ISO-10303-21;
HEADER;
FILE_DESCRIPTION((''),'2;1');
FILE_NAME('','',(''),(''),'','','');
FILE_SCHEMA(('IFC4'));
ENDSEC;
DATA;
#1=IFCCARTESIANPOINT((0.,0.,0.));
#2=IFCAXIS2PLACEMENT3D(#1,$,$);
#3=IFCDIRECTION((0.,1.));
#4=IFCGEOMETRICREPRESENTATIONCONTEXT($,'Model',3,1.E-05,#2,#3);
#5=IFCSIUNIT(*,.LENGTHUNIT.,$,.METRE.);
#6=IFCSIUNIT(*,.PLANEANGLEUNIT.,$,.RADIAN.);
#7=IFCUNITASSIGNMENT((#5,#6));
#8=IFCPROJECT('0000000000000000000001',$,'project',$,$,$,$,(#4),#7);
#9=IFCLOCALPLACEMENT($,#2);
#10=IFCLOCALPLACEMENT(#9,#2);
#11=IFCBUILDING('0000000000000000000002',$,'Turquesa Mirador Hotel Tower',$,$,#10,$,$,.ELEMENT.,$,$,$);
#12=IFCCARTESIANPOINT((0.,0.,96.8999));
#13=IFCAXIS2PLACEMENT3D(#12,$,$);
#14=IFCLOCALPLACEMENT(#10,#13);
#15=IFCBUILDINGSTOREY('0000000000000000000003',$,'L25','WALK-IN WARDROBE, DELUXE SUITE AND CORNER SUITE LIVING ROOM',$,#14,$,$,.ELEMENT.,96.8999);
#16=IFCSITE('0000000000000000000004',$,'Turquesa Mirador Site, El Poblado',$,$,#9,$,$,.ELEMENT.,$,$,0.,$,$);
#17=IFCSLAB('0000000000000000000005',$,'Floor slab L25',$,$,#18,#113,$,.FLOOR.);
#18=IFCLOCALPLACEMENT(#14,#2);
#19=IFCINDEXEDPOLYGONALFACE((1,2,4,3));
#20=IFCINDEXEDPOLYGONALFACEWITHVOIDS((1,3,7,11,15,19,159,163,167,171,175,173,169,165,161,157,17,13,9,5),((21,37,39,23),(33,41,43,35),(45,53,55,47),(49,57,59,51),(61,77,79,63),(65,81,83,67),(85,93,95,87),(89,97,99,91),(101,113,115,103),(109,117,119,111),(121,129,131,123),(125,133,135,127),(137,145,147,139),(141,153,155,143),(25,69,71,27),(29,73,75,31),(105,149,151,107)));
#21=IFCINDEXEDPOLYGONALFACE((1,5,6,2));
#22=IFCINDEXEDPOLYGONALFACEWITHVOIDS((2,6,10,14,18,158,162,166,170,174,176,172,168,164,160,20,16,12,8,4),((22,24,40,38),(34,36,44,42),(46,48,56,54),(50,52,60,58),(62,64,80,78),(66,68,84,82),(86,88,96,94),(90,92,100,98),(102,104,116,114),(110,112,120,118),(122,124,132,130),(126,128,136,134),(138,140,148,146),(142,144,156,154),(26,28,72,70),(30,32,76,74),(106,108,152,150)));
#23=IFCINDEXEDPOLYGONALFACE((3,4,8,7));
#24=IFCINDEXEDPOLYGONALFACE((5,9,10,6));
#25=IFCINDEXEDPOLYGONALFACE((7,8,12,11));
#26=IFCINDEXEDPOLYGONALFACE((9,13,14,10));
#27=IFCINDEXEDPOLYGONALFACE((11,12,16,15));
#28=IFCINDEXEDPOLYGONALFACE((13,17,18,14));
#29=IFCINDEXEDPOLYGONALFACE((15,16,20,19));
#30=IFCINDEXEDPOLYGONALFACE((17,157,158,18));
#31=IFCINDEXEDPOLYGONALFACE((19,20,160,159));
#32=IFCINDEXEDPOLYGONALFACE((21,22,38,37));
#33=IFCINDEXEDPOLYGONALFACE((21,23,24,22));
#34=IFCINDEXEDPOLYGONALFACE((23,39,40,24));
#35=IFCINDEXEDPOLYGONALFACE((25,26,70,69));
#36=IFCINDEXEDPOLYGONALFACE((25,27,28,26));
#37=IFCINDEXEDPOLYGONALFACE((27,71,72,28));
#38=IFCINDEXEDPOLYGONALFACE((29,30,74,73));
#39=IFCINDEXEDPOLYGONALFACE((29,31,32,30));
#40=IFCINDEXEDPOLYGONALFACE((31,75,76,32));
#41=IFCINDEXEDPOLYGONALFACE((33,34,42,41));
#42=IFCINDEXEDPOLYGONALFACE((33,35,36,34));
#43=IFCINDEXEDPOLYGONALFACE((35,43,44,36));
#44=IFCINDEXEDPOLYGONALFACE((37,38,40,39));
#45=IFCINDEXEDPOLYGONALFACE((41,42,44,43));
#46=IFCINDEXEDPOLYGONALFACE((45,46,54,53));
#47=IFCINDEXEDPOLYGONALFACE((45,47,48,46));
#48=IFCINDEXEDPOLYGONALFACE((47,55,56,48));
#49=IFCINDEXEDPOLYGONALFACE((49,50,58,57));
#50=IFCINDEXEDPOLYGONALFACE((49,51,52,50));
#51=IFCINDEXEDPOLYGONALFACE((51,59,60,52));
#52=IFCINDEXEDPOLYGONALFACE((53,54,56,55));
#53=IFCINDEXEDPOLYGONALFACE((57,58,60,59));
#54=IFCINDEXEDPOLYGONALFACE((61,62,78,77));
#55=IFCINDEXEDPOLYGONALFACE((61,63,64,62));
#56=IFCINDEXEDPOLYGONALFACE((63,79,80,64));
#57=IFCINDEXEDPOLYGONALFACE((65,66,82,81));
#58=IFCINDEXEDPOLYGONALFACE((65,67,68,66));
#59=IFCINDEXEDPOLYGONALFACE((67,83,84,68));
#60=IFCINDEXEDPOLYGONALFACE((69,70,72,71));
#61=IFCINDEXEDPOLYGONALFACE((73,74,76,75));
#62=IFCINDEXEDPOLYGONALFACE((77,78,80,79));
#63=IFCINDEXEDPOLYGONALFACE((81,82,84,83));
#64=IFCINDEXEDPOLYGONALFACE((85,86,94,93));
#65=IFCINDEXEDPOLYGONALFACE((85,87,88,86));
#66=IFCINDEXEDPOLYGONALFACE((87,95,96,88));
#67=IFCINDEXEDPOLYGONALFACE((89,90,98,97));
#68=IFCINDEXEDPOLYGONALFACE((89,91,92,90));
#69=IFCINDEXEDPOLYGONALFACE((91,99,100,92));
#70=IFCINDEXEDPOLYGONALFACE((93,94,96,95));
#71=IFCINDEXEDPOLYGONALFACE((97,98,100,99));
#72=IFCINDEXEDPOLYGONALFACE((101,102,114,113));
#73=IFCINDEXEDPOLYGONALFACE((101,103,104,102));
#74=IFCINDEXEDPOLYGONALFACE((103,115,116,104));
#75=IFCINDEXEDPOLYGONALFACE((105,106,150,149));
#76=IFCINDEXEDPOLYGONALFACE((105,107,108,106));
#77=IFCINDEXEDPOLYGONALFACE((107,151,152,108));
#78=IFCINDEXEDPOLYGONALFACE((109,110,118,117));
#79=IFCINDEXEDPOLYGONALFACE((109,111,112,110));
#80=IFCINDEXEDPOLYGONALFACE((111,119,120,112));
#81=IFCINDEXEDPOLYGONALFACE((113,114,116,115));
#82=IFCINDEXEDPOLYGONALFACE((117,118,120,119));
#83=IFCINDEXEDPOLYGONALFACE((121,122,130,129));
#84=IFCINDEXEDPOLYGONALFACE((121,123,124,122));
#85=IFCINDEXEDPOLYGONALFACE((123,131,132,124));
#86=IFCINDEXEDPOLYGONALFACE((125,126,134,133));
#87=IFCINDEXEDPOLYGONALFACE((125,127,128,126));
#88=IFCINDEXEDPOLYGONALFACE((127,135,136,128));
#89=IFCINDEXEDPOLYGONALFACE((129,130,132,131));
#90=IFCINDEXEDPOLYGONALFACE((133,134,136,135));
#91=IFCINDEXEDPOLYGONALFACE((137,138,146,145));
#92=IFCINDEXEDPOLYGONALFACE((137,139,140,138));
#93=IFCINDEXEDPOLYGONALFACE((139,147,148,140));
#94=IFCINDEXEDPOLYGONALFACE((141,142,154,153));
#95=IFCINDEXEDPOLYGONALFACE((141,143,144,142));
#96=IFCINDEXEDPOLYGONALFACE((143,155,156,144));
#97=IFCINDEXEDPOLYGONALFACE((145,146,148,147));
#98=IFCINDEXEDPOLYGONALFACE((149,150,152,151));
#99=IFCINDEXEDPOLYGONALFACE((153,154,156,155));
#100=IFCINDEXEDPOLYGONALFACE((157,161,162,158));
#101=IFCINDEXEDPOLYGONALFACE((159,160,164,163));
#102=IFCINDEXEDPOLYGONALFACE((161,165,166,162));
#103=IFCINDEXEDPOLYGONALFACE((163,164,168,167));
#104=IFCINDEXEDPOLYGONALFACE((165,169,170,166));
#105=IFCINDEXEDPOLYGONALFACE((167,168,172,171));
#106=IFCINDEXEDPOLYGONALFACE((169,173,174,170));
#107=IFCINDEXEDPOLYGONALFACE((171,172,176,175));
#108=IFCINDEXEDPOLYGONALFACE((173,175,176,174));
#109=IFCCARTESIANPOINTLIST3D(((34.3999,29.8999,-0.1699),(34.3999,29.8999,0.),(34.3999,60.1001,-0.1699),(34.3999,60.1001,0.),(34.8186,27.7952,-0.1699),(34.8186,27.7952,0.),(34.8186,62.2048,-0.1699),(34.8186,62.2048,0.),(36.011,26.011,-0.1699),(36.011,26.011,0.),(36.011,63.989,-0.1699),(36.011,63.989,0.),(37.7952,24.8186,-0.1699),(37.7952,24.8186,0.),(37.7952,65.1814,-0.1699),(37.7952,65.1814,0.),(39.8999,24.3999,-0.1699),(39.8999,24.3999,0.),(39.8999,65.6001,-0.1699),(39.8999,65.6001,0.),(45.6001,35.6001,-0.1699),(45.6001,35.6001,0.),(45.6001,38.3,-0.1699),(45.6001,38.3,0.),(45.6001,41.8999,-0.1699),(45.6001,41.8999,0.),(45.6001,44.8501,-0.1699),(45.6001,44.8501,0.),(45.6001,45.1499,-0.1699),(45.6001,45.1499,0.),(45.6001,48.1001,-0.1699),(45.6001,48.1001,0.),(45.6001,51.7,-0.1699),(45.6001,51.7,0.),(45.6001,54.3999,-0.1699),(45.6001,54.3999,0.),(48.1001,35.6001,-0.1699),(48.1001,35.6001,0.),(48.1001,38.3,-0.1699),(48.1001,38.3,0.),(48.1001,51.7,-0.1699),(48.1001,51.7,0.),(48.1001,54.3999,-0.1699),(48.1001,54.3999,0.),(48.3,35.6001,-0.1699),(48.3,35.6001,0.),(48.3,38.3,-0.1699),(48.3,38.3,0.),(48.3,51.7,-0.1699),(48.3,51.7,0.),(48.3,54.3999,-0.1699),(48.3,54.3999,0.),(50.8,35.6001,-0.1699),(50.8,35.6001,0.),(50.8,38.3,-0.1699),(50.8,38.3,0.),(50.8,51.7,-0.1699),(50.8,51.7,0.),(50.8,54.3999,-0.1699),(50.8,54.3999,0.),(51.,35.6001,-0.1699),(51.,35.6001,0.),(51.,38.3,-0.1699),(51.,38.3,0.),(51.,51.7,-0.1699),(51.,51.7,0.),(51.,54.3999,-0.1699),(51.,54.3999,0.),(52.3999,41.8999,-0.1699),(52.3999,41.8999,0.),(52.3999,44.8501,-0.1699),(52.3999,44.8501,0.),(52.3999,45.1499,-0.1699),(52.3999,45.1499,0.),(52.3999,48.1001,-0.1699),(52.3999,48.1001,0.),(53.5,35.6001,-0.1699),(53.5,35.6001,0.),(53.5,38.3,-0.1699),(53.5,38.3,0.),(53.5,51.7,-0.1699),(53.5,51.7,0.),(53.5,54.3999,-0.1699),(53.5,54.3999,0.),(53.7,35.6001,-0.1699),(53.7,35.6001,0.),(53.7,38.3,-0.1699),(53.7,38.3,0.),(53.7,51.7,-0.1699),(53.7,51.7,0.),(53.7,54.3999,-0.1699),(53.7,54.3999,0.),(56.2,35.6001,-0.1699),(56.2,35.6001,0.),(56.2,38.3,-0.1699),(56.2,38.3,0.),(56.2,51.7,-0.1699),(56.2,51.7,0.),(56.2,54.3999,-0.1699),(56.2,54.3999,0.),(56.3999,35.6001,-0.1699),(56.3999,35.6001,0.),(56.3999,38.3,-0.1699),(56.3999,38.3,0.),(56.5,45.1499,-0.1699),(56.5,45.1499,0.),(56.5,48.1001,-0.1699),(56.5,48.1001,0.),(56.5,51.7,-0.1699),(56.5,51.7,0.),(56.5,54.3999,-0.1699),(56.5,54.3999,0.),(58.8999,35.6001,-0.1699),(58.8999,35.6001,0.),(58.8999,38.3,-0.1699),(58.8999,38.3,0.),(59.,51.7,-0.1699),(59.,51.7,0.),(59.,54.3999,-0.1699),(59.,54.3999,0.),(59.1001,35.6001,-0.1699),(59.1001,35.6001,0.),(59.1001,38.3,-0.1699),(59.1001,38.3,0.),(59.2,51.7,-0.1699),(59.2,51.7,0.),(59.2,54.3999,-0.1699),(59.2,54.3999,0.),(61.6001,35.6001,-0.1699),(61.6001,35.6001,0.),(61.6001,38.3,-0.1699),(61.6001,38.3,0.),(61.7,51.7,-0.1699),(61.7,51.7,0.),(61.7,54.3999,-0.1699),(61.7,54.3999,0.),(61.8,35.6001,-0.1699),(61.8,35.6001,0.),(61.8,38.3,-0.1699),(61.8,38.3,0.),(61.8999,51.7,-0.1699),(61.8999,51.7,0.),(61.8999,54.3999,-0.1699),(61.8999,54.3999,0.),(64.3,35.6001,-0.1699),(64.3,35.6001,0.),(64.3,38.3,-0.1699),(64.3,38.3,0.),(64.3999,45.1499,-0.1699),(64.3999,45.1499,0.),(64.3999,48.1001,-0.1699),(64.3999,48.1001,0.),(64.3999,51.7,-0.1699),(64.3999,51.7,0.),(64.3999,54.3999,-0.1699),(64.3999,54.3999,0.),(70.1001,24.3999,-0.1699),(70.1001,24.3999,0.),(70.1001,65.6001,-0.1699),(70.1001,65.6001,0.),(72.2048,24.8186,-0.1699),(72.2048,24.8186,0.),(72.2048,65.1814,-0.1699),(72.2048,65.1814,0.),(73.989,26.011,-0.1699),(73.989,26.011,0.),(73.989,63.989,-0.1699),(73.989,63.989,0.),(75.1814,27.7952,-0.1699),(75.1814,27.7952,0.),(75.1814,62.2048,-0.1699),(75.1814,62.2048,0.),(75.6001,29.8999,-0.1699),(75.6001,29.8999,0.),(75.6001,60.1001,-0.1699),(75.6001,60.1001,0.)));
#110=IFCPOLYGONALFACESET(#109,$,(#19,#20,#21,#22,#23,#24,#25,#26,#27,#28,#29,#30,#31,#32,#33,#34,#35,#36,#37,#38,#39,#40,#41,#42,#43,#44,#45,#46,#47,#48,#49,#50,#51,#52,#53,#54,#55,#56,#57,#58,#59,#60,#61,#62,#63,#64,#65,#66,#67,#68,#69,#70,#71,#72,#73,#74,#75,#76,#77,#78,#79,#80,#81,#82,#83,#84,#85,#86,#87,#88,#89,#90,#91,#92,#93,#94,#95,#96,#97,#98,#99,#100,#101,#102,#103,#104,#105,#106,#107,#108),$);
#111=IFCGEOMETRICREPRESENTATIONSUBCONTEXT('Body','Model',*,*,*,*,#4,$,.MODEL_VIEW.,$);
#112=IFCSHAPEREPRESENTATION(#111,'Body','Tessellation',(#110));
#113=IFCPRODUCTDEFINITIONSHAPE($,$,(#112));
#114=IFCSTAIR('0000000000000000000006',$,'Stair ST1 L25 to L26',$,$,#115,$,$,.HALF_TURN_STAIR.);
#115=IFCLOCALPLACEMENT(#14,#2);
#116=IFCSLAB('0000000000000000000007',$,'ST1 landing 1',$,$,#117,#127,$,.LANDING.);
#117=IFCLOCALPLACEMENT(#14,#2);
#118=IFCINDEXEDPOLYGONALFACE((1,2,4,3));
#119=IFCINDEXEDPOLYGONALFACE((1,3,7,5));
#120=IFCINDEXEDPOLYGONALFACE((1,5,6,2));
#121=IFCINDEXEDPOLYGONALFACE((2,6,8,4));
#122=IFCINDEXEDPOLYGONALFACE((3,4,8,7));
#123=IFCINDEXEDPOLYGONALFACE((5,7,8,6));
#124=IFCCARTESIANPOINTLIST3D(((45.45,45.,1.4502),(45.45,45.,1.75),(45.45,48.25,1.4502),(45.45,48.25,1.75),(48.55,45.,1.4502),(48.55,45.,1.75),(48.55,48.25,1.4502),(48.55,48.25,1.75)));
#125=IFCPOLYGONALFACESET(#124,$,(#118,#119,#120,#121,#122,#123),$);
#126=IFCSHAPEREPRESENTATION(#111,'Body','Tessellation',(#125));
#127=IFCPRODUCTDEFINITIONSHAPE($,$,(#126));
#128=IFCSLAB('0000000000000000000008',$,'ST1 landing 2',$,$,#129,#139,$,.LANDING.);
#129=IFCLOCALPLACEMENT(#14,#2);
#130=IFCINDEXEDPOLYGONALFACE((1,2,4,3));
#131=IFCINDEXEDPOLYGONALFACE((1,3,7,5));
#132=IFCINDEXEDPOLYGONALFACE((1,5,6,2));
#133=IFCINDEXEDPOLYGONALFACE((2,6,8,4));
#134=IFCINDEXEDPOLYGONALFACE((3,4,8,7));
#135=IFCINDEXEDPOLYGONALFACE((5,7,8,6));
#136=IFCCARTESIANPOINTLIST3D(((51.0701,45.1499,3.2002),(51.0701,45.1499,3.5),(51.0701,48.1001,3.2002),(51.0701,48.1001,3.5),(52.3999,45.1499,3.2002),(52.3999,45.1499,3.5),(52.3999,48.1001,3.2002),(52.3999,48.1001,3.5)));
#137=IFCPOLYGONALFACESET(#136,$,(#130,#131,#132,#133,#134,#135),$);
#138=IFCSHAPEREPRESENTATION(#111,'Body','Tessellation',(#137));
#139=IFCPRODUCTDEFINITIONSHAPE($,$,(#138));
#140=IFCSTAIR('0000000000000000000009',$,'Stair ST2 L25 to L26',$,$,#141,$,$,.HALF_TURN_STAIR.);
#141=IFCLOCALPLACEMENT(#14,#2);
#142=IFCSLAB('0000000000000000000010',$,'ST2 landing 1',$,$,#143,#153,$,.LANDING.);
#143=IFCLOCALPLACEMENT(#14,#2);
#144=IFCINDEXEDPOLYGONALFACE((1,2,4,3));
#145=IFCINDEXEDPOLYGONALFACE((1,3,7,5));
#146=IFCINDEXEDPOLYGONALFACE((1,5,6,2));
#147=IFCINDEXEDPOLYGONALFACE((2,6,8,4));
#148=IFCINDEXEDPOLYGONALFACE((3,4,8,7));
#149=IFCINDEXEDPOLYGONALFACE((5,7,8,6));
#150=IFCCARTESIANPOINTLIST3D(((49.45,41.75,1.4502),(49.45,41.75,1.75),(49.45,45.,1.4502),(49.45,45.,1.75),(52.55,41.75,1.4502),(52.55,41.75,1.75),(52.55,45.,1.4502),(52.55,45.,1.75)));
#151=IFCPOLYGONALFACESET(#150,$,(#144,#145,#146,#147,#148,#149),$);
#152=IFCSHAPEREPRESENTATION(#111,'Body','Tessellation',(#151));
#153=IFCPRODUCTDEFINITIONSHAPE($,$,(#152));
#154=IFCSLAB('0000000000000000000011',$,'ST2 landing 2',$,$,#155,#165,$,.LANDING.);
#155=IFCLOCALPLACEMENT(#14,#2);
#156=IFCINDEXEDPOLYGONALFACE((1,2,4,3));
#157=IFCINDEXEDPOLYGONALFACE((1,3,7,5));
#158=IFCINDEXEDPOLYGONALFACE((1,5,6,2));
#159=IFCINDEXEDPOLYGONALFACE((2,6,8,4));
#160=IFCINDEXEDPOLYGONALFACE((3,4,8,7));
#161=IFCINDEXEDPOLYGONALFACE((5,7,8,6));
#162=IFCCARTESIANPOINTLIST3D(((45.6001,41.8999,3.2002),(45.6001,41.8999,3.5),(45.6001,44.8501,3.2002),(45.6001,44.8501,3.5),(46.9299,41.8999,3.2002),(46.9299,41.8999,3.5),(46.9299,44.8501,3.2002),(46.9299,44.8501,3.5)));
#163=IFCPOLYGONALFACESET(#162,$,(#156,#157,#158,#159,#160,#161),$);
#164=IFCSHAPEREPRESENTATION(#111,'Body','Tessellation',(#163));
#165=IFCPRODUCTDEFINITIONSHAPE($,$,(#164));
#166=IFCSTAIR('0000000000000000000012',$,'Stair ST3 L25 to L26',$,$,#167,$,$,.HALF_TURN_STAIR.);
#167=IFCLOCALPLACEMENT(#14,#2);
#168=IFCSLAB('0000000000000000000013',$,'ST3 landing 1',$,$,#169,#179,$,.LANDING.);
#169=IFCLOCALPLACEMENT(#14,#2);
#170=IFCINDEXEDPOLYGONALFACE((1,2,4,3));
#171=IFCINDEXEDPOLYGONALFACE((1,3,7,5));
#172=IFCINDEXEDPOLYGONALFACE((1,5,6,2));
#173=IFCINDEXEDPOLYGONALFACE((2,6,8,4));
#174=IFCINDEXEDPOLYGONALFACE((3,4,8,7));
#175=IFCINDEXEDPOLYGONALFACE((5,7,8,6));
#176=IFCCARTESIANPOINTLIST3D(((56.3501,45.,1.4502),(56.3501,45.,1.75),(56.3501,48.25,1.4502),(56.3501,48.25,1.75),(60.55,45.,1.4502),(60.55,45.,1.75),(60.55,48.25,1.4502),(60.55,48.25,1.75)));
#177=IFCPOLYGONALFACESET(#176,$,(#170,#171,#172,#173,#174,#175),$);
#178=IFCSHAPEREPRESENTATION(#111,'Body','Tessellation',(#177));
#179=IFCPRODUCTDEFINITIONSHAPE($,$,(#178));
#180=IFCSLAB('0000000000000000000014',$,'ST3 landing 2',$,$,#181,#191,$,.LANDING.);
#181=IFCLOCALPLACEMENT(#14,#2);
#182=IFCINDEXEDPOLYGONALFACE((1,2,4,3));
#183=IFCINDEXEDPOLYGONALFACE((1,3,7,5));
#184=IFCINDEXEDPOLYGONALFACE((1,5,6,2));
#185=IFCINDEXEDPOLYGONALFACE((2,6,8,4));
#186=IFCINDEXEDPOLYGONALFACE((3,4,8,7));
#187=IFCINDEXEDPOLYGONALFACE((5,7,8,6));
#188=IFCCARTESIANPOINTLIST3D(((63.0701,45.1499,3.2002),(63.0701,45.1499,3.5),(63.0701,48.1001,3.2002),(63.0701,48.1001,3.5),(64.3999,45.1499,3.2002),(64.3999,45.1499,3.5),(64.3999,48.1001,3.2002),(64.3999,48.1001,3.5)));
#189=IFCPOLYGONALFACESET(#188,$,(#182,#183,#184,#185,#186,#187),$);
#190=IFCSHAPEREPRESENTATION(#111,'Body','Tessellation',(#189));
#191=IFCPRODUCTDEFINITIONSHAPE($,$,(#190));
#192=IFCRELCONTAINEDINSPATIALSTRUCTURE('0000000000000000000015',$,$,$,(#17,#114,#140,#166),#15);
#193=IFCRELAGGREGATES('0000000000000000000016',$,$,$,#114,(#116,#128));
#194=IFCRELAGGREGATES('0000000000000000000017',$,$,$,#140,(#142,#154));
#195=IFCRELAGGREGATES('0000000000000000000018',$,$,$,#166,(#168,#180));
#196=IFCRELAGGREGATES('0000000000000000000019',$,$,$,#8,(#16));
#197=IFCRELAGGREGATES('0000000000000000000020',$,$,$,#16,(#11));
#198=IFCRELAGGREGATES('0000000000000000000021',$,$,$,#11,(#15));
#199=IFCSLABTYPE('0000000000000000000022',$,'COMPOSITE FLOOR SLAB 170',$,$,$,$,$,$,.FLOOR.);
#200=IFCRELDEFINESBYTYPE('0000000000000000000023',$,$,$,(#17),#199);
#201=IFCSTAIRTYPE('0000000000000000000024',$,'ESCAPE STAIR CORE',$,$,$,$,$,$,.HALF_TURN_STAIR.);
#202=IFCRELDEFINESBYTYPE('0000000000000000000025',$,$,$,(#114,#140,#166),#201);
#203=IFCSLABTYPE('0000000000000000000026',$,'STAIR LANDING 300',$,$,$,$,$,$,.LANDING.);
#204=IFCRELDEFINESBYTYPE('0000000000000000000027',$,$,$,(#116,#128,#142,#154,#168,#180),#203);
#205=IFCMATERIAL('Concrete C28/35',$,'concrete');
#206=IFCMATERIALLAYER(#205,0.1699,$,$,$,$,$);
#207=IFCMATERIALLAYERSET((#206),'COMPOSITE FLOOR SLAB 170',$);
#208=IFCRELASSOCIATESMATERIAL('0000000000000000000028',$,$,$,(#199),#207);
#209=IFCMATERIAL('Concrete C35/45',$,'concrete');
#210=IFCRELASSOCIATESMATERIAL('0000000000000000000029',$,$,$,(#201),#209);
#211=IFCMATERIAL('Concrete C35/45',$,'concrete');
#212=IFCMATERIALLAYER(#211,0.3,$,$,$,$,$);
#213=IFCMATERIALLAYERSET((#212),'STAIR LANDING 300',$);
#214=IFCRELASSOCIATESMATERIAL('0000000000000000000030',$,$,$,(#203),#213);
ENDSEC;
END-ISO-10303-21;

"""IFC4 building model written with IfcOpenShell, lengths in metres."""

from ifc_helpers import new_model, si_unit, direction, frame, origin, place, context, subcontext, project, spatial, polyline, outline, extrude, material, layer, layer_set, type_object, element, aggregate, save


model = new_model("IFC4")

# Units and contexts
model_context = context("Model", 3, precision=1e-05, world=origin(), true_north=direction((0.0, 1.0)))
body_context = subcontext(model_context, "Body", "Model", "MODEL_VIEW")
ifc_project = project(units=[si_unit("LENGTHUNIT", "METRE"), si_unit("PLANEANGLEUNIT", "RADIAN")], contexts=[model_context])

# Site, building, storey
site_placement = place(None, origin())
site = spatial("IfcSite", under=ifc_project, at=site_placement, Name="Turquesa Mirador Site, El Poblado", CompositionType="ELEMENT", RefElevation=0.0)
building_placement = place(site_placement, origin())
building = spatial("IfcBuilding", under=site, at=building_placement, Name="Turquesa Mirador Hotel Tower", CompositionType="ELEMENT")
storey_placement = place(building_placement, frame((0.0, 0.0, 96.8999)))
storey = spatial("IfcBuildingStorey", under=building, at=storey_placement, Name="L25", Description="WALK-IN WARDROBE, DELUXE SUITE AND CORNER SUITE LIVING ROOM", CompositionType="ELEMENT", Elevation=96.8999)

# Slab
ifc_material_1 = material(Name="Concrete C28/35", Category="concrete")
ifc_layer_1 = layer(ifc_material_1, 0.1699)
ifc_layer_set_1 = layer_set([ifc_layer_1], Name="COMPOSITE FLOOR SLAB 170")
slab_type_1 = type_object("IfcSlabType", Name="COMPOSITE FLOOR SLAB 170", PredefinedType="FLOOR", material=ifc_layer_set_1)
slab_1_placement = place(storey_placement, frame((0.0, 0.0, -0.1699)))
element("IfcSlab", 1, at=slab_1_placement, inside=storey, type_object=slab_type_1, Name="Floor slab L25", PredefinedType="FLOOR", context=body_context, shape_type="SweptSolid", body=[
    extrude(outline(polyline([(70.1001, 24.3999), (72.2048, 24.8186), (73.989, 26.011), (75.1814, 27.7952), (75.6001, 29.8999), (75.6001, 60.1001), (75.1814, 62.2048), (73.989, 63.989), (72.2048, 65.1814), (70.1001, 65.6001), (39.8999, 65.6001), (37.7952, 65.1814), (36.011, 63.989), (34.8186, 62.2048), (34.3999, 60.1001), (34.3999, 29.8999), (34.8186, 27.7952), (36.011, 26.011), (37.7952, 24.8186), (39.8999, 24.3999), (70.1001, 24.3999)]), holes=[polyline([(45.6001, 51.7), (48.1001, 51.7), (48.1001, 54.3999), (45.6001, 54.3999), (45.6001, 51.7)]), polyline([(48.3, 51.7), (50.8, 51.7), (50.8, 54.3999), (48.3, 54.3999), (48.3, 51.7)]), polyline([(51.0, 51.7), (53.5, 51.7), (53.5, 54.3999), (51.0, 54.3999), (51.0, 51.7)]), polyline([(53.7, 51.7), (56.2, 51.7), (56.2, 54.3999), (53.7, 54.3999), (53.7, 51.7)]), polyline([(56.5, 51.7), (59.0, 51.7), (59.0, 54.3999), (56.5, 54.3999), (56.5, 51.7)]), polyline([(59.2, 51.7), (61.7, 51.7), (61.7, 54.3999), (59.2, 54.3999), (59.2, 51.7)]), polyline([(45.6001, 35.6001), (48.1001, 35.6001), (48.1001, 38.3), (45.6001, 38.3), (45.6001, 35.6001)]), polyline([(48.3, 35.6001), (50.8, 35.6001), (50.8, 38.3), (48.3, 38.3), (48.3, 35.6001)]), polyline([(51.0, 35.6001), (53.5, 35.6001), (53.5, 38.3), (51.0, 38.3), (51.0, 35.6001)]), polyline([(53.7, 35.6001), (56.2, 35.6001), (56.2, 38.3), (53.7, 38.3), (53.7, 35.6001)]), polyline([(56.3999, 35.6001), (58.8999, 35.6001), (58.8999, 38.3), (56.3999, 38.3), (56.3999, 35.6001)]), polyline([(59.1001, 35.6001), (61.6001, 35.6001), (61.6001, 38.3), (59.1001, 38.3), (59.1001, 35.6001)]), polyline([(61.8, 35.6001), (64.3, 35.6001), (64.3, 38.3), (61.8, 38.3), (61.8, 35.6001)]), polyline([(45.6001, 45.1499), (52.3999, 45.1499), (52.3999, 48.1001), (45.6001, 48.1001), (45.6001, 45.1499)]), polyline([(45.6001, 41.8999), (52.3999, 41.8999), (52.3999, 44.8501), (45.6001, 44.8501), (45.6001, 41.8999)]), polyline([(56.5, 45.1499), (64.3999, 45.1499), (64.3999, 48.1001), (56.5, 48.1001), (56.5, 45.1499)]), polyline([(61.8999, 51.7), (64.3999, 51.7), (64.3999, 54.3999), (61.8999, 54.3999), (61.8999, 51.7)])]), origin(), (0.0, 0.0, 1.0), 0.1699),
])

# Stairs, slabs
ifc_material_2 = material(Name="Concrete C35/45", Category="concrete")
stair_type = type_object("IfcStairType", Name="ESCAPE STAIR CORE", PredefinedType="HALF_TURN_STAIR", material=ifc_material_2)
stair_1_placement = place(storey_placement, origin())
stair_1 = element("IfcStair", 2, at=stair_1_placement, inside=storey, type_object=stair_type, Name="Stair ST1 L25 to L26", PredefinedType="HALF_TURN_STAIR")
ifc_material_3 = material(Name="Concrete C35/45", Category="concrete")
ifc_layer_2 = layer(ifc_material_3, 0.3)
ifc_layer_set_2 = layer_set([ifc_layer_2], Name="STAIR LANDING 300")
slab_type_2 = type_object("IfcSlabType", Name="STAIR LANDING 300", PredefinedType="LANDING", material=ifc_layer_set_2)
slab_2_placement = place(storey_placement, frame((0.0, 0.0, 1.4502)))
slab_2 = element("IfcSlab", 3, at=slab_2_placement, type_object=slab_type_2, Name="ST1 landing 1", PredefinedType="LANDING", context=body_context, shape_type="SweptSolid", body=[
    extrude(outline(polyline([(45.45, 45.0), (48.55, 45.0), (48.55, 48.25), (45.45, 48.25), (45.45, 45.0)])), origin(), (0.0, 0.0, 1.0), 0.2998),
])
slab_3_placement = place(storey_placement, frame((0.0, 0.0, 3.2002)))
slab_3 = element("IfcSlab", 4, at=slab_3_placement, type_object=slab_type_2, Name="ST1 landing 2", PredefinedType="LANDING", context=body_context, shape_type="SweptSolid", body=[
    extrude(outline(polyline([(51.0701, 45.1499), (52.3999, 45.1499), (52.3999, 48.1001), (51.0701, 48.1001), (51.0701, 45.1499)])), origin(), (0.0, 0.0, 1.0), 0.2998),
])
aggregate(stair_1, [slab_2, slab_3])
stair_2_placement = place(storey_placement, origin())
stair_2 = element("IfcStair", 5, at=stair_2_placement, inside=storey, type_object=stair_type, Name="Stair ST2 L25 to L26", PredefinedType="HALF_TURN_STAIR")
slab_4_placement = place(storey_placement, frame((0.0, 0.0, 1.4502)))
slab_4 = element("IfcSlab", 6, at=slab_4_placement, type_object=slab_type_2, Name="ST2 landing 1", PredefinedType="LANDING", context=body_context, shape_type="SweptSolid", body=[
    extrude(outline(polyline([(52.55, 45.0), (49.45, 45.0), (49.45, 41.75), (52.55, 41.75), (52.55, 45.0)])), origin(), (0.0, 0.0, 1.0), 0.2998),
])
slab_5_placement = place(storey_placement, frame((0.0, 0.0, 3.2002)))
slab_5 = element("IfcSlab", 7, at=slab_5_placement, type_object=slab_type_2, Name="ST2 landing 2", PredefinedType="LANDING", context=body_context, shape_type="SweptSolid", body=[
    extrude(outline(polyline([(46.9299, 44.8501), (45.6001, 44.8501), (45.6001, 41.8999), (46.9299, 41.8999), (46.9299, 44.8501)])), origin(), (0.0, 0.0, 1.0), 0.2998),
])
aggregate(stair_2, [slab_4, slab_5])
stair_3_placement = place(storey_placement, origin())
stair_3 = element("IfcStair", 8, at=stair_3_placement, inside=storey, type_object=stair_type, Name="Stair ST3 L25 to L26", PredefinedType="HALF_TURN_STAIR")
slab_6_placement = place(storey_placement, frame((0.0, 0.0, 1.4502)))
slab_6 = element("IfcSlab", 9, at=slab_6_placement, type_object=slab_type_2, Name="ST3 landing 1", PredefinedType="LANDING", context=body_context, shape_type="SweptSolid", body=[
    extrude(outline(polyline([(56.3501, 45.0), (60.55, 45.0), (60.55, 48.25), (56.3501, 48.25), (56.3501, 45.0)])), origin(), (0.0, 0.0, 1.0), 0.2998),
])
slab_7_placement = place(storey_placement, frame((0.0, 0.0, 3.2002)))
slab_7 = element("IfcSlab", 10, at=slab_7_placement, type_object=slab_type_2, Name="ST3 landing 2", PredefinedType="LANDING", context=body_context, shape_type="SweptSolid", body=[
    extrude(outline(polyline([(63.0701, 45.1499), (64.3999, 45.1499), (64.3999, 48.1001), (63.0701, 48.1001), (63.0701, 45.1499)])), origin(), (0.0, 0.0, 1.0), 0.2998),
])
aggregate(stair_3, [slab_6, slab_7])

save(model, "model.ifc")
